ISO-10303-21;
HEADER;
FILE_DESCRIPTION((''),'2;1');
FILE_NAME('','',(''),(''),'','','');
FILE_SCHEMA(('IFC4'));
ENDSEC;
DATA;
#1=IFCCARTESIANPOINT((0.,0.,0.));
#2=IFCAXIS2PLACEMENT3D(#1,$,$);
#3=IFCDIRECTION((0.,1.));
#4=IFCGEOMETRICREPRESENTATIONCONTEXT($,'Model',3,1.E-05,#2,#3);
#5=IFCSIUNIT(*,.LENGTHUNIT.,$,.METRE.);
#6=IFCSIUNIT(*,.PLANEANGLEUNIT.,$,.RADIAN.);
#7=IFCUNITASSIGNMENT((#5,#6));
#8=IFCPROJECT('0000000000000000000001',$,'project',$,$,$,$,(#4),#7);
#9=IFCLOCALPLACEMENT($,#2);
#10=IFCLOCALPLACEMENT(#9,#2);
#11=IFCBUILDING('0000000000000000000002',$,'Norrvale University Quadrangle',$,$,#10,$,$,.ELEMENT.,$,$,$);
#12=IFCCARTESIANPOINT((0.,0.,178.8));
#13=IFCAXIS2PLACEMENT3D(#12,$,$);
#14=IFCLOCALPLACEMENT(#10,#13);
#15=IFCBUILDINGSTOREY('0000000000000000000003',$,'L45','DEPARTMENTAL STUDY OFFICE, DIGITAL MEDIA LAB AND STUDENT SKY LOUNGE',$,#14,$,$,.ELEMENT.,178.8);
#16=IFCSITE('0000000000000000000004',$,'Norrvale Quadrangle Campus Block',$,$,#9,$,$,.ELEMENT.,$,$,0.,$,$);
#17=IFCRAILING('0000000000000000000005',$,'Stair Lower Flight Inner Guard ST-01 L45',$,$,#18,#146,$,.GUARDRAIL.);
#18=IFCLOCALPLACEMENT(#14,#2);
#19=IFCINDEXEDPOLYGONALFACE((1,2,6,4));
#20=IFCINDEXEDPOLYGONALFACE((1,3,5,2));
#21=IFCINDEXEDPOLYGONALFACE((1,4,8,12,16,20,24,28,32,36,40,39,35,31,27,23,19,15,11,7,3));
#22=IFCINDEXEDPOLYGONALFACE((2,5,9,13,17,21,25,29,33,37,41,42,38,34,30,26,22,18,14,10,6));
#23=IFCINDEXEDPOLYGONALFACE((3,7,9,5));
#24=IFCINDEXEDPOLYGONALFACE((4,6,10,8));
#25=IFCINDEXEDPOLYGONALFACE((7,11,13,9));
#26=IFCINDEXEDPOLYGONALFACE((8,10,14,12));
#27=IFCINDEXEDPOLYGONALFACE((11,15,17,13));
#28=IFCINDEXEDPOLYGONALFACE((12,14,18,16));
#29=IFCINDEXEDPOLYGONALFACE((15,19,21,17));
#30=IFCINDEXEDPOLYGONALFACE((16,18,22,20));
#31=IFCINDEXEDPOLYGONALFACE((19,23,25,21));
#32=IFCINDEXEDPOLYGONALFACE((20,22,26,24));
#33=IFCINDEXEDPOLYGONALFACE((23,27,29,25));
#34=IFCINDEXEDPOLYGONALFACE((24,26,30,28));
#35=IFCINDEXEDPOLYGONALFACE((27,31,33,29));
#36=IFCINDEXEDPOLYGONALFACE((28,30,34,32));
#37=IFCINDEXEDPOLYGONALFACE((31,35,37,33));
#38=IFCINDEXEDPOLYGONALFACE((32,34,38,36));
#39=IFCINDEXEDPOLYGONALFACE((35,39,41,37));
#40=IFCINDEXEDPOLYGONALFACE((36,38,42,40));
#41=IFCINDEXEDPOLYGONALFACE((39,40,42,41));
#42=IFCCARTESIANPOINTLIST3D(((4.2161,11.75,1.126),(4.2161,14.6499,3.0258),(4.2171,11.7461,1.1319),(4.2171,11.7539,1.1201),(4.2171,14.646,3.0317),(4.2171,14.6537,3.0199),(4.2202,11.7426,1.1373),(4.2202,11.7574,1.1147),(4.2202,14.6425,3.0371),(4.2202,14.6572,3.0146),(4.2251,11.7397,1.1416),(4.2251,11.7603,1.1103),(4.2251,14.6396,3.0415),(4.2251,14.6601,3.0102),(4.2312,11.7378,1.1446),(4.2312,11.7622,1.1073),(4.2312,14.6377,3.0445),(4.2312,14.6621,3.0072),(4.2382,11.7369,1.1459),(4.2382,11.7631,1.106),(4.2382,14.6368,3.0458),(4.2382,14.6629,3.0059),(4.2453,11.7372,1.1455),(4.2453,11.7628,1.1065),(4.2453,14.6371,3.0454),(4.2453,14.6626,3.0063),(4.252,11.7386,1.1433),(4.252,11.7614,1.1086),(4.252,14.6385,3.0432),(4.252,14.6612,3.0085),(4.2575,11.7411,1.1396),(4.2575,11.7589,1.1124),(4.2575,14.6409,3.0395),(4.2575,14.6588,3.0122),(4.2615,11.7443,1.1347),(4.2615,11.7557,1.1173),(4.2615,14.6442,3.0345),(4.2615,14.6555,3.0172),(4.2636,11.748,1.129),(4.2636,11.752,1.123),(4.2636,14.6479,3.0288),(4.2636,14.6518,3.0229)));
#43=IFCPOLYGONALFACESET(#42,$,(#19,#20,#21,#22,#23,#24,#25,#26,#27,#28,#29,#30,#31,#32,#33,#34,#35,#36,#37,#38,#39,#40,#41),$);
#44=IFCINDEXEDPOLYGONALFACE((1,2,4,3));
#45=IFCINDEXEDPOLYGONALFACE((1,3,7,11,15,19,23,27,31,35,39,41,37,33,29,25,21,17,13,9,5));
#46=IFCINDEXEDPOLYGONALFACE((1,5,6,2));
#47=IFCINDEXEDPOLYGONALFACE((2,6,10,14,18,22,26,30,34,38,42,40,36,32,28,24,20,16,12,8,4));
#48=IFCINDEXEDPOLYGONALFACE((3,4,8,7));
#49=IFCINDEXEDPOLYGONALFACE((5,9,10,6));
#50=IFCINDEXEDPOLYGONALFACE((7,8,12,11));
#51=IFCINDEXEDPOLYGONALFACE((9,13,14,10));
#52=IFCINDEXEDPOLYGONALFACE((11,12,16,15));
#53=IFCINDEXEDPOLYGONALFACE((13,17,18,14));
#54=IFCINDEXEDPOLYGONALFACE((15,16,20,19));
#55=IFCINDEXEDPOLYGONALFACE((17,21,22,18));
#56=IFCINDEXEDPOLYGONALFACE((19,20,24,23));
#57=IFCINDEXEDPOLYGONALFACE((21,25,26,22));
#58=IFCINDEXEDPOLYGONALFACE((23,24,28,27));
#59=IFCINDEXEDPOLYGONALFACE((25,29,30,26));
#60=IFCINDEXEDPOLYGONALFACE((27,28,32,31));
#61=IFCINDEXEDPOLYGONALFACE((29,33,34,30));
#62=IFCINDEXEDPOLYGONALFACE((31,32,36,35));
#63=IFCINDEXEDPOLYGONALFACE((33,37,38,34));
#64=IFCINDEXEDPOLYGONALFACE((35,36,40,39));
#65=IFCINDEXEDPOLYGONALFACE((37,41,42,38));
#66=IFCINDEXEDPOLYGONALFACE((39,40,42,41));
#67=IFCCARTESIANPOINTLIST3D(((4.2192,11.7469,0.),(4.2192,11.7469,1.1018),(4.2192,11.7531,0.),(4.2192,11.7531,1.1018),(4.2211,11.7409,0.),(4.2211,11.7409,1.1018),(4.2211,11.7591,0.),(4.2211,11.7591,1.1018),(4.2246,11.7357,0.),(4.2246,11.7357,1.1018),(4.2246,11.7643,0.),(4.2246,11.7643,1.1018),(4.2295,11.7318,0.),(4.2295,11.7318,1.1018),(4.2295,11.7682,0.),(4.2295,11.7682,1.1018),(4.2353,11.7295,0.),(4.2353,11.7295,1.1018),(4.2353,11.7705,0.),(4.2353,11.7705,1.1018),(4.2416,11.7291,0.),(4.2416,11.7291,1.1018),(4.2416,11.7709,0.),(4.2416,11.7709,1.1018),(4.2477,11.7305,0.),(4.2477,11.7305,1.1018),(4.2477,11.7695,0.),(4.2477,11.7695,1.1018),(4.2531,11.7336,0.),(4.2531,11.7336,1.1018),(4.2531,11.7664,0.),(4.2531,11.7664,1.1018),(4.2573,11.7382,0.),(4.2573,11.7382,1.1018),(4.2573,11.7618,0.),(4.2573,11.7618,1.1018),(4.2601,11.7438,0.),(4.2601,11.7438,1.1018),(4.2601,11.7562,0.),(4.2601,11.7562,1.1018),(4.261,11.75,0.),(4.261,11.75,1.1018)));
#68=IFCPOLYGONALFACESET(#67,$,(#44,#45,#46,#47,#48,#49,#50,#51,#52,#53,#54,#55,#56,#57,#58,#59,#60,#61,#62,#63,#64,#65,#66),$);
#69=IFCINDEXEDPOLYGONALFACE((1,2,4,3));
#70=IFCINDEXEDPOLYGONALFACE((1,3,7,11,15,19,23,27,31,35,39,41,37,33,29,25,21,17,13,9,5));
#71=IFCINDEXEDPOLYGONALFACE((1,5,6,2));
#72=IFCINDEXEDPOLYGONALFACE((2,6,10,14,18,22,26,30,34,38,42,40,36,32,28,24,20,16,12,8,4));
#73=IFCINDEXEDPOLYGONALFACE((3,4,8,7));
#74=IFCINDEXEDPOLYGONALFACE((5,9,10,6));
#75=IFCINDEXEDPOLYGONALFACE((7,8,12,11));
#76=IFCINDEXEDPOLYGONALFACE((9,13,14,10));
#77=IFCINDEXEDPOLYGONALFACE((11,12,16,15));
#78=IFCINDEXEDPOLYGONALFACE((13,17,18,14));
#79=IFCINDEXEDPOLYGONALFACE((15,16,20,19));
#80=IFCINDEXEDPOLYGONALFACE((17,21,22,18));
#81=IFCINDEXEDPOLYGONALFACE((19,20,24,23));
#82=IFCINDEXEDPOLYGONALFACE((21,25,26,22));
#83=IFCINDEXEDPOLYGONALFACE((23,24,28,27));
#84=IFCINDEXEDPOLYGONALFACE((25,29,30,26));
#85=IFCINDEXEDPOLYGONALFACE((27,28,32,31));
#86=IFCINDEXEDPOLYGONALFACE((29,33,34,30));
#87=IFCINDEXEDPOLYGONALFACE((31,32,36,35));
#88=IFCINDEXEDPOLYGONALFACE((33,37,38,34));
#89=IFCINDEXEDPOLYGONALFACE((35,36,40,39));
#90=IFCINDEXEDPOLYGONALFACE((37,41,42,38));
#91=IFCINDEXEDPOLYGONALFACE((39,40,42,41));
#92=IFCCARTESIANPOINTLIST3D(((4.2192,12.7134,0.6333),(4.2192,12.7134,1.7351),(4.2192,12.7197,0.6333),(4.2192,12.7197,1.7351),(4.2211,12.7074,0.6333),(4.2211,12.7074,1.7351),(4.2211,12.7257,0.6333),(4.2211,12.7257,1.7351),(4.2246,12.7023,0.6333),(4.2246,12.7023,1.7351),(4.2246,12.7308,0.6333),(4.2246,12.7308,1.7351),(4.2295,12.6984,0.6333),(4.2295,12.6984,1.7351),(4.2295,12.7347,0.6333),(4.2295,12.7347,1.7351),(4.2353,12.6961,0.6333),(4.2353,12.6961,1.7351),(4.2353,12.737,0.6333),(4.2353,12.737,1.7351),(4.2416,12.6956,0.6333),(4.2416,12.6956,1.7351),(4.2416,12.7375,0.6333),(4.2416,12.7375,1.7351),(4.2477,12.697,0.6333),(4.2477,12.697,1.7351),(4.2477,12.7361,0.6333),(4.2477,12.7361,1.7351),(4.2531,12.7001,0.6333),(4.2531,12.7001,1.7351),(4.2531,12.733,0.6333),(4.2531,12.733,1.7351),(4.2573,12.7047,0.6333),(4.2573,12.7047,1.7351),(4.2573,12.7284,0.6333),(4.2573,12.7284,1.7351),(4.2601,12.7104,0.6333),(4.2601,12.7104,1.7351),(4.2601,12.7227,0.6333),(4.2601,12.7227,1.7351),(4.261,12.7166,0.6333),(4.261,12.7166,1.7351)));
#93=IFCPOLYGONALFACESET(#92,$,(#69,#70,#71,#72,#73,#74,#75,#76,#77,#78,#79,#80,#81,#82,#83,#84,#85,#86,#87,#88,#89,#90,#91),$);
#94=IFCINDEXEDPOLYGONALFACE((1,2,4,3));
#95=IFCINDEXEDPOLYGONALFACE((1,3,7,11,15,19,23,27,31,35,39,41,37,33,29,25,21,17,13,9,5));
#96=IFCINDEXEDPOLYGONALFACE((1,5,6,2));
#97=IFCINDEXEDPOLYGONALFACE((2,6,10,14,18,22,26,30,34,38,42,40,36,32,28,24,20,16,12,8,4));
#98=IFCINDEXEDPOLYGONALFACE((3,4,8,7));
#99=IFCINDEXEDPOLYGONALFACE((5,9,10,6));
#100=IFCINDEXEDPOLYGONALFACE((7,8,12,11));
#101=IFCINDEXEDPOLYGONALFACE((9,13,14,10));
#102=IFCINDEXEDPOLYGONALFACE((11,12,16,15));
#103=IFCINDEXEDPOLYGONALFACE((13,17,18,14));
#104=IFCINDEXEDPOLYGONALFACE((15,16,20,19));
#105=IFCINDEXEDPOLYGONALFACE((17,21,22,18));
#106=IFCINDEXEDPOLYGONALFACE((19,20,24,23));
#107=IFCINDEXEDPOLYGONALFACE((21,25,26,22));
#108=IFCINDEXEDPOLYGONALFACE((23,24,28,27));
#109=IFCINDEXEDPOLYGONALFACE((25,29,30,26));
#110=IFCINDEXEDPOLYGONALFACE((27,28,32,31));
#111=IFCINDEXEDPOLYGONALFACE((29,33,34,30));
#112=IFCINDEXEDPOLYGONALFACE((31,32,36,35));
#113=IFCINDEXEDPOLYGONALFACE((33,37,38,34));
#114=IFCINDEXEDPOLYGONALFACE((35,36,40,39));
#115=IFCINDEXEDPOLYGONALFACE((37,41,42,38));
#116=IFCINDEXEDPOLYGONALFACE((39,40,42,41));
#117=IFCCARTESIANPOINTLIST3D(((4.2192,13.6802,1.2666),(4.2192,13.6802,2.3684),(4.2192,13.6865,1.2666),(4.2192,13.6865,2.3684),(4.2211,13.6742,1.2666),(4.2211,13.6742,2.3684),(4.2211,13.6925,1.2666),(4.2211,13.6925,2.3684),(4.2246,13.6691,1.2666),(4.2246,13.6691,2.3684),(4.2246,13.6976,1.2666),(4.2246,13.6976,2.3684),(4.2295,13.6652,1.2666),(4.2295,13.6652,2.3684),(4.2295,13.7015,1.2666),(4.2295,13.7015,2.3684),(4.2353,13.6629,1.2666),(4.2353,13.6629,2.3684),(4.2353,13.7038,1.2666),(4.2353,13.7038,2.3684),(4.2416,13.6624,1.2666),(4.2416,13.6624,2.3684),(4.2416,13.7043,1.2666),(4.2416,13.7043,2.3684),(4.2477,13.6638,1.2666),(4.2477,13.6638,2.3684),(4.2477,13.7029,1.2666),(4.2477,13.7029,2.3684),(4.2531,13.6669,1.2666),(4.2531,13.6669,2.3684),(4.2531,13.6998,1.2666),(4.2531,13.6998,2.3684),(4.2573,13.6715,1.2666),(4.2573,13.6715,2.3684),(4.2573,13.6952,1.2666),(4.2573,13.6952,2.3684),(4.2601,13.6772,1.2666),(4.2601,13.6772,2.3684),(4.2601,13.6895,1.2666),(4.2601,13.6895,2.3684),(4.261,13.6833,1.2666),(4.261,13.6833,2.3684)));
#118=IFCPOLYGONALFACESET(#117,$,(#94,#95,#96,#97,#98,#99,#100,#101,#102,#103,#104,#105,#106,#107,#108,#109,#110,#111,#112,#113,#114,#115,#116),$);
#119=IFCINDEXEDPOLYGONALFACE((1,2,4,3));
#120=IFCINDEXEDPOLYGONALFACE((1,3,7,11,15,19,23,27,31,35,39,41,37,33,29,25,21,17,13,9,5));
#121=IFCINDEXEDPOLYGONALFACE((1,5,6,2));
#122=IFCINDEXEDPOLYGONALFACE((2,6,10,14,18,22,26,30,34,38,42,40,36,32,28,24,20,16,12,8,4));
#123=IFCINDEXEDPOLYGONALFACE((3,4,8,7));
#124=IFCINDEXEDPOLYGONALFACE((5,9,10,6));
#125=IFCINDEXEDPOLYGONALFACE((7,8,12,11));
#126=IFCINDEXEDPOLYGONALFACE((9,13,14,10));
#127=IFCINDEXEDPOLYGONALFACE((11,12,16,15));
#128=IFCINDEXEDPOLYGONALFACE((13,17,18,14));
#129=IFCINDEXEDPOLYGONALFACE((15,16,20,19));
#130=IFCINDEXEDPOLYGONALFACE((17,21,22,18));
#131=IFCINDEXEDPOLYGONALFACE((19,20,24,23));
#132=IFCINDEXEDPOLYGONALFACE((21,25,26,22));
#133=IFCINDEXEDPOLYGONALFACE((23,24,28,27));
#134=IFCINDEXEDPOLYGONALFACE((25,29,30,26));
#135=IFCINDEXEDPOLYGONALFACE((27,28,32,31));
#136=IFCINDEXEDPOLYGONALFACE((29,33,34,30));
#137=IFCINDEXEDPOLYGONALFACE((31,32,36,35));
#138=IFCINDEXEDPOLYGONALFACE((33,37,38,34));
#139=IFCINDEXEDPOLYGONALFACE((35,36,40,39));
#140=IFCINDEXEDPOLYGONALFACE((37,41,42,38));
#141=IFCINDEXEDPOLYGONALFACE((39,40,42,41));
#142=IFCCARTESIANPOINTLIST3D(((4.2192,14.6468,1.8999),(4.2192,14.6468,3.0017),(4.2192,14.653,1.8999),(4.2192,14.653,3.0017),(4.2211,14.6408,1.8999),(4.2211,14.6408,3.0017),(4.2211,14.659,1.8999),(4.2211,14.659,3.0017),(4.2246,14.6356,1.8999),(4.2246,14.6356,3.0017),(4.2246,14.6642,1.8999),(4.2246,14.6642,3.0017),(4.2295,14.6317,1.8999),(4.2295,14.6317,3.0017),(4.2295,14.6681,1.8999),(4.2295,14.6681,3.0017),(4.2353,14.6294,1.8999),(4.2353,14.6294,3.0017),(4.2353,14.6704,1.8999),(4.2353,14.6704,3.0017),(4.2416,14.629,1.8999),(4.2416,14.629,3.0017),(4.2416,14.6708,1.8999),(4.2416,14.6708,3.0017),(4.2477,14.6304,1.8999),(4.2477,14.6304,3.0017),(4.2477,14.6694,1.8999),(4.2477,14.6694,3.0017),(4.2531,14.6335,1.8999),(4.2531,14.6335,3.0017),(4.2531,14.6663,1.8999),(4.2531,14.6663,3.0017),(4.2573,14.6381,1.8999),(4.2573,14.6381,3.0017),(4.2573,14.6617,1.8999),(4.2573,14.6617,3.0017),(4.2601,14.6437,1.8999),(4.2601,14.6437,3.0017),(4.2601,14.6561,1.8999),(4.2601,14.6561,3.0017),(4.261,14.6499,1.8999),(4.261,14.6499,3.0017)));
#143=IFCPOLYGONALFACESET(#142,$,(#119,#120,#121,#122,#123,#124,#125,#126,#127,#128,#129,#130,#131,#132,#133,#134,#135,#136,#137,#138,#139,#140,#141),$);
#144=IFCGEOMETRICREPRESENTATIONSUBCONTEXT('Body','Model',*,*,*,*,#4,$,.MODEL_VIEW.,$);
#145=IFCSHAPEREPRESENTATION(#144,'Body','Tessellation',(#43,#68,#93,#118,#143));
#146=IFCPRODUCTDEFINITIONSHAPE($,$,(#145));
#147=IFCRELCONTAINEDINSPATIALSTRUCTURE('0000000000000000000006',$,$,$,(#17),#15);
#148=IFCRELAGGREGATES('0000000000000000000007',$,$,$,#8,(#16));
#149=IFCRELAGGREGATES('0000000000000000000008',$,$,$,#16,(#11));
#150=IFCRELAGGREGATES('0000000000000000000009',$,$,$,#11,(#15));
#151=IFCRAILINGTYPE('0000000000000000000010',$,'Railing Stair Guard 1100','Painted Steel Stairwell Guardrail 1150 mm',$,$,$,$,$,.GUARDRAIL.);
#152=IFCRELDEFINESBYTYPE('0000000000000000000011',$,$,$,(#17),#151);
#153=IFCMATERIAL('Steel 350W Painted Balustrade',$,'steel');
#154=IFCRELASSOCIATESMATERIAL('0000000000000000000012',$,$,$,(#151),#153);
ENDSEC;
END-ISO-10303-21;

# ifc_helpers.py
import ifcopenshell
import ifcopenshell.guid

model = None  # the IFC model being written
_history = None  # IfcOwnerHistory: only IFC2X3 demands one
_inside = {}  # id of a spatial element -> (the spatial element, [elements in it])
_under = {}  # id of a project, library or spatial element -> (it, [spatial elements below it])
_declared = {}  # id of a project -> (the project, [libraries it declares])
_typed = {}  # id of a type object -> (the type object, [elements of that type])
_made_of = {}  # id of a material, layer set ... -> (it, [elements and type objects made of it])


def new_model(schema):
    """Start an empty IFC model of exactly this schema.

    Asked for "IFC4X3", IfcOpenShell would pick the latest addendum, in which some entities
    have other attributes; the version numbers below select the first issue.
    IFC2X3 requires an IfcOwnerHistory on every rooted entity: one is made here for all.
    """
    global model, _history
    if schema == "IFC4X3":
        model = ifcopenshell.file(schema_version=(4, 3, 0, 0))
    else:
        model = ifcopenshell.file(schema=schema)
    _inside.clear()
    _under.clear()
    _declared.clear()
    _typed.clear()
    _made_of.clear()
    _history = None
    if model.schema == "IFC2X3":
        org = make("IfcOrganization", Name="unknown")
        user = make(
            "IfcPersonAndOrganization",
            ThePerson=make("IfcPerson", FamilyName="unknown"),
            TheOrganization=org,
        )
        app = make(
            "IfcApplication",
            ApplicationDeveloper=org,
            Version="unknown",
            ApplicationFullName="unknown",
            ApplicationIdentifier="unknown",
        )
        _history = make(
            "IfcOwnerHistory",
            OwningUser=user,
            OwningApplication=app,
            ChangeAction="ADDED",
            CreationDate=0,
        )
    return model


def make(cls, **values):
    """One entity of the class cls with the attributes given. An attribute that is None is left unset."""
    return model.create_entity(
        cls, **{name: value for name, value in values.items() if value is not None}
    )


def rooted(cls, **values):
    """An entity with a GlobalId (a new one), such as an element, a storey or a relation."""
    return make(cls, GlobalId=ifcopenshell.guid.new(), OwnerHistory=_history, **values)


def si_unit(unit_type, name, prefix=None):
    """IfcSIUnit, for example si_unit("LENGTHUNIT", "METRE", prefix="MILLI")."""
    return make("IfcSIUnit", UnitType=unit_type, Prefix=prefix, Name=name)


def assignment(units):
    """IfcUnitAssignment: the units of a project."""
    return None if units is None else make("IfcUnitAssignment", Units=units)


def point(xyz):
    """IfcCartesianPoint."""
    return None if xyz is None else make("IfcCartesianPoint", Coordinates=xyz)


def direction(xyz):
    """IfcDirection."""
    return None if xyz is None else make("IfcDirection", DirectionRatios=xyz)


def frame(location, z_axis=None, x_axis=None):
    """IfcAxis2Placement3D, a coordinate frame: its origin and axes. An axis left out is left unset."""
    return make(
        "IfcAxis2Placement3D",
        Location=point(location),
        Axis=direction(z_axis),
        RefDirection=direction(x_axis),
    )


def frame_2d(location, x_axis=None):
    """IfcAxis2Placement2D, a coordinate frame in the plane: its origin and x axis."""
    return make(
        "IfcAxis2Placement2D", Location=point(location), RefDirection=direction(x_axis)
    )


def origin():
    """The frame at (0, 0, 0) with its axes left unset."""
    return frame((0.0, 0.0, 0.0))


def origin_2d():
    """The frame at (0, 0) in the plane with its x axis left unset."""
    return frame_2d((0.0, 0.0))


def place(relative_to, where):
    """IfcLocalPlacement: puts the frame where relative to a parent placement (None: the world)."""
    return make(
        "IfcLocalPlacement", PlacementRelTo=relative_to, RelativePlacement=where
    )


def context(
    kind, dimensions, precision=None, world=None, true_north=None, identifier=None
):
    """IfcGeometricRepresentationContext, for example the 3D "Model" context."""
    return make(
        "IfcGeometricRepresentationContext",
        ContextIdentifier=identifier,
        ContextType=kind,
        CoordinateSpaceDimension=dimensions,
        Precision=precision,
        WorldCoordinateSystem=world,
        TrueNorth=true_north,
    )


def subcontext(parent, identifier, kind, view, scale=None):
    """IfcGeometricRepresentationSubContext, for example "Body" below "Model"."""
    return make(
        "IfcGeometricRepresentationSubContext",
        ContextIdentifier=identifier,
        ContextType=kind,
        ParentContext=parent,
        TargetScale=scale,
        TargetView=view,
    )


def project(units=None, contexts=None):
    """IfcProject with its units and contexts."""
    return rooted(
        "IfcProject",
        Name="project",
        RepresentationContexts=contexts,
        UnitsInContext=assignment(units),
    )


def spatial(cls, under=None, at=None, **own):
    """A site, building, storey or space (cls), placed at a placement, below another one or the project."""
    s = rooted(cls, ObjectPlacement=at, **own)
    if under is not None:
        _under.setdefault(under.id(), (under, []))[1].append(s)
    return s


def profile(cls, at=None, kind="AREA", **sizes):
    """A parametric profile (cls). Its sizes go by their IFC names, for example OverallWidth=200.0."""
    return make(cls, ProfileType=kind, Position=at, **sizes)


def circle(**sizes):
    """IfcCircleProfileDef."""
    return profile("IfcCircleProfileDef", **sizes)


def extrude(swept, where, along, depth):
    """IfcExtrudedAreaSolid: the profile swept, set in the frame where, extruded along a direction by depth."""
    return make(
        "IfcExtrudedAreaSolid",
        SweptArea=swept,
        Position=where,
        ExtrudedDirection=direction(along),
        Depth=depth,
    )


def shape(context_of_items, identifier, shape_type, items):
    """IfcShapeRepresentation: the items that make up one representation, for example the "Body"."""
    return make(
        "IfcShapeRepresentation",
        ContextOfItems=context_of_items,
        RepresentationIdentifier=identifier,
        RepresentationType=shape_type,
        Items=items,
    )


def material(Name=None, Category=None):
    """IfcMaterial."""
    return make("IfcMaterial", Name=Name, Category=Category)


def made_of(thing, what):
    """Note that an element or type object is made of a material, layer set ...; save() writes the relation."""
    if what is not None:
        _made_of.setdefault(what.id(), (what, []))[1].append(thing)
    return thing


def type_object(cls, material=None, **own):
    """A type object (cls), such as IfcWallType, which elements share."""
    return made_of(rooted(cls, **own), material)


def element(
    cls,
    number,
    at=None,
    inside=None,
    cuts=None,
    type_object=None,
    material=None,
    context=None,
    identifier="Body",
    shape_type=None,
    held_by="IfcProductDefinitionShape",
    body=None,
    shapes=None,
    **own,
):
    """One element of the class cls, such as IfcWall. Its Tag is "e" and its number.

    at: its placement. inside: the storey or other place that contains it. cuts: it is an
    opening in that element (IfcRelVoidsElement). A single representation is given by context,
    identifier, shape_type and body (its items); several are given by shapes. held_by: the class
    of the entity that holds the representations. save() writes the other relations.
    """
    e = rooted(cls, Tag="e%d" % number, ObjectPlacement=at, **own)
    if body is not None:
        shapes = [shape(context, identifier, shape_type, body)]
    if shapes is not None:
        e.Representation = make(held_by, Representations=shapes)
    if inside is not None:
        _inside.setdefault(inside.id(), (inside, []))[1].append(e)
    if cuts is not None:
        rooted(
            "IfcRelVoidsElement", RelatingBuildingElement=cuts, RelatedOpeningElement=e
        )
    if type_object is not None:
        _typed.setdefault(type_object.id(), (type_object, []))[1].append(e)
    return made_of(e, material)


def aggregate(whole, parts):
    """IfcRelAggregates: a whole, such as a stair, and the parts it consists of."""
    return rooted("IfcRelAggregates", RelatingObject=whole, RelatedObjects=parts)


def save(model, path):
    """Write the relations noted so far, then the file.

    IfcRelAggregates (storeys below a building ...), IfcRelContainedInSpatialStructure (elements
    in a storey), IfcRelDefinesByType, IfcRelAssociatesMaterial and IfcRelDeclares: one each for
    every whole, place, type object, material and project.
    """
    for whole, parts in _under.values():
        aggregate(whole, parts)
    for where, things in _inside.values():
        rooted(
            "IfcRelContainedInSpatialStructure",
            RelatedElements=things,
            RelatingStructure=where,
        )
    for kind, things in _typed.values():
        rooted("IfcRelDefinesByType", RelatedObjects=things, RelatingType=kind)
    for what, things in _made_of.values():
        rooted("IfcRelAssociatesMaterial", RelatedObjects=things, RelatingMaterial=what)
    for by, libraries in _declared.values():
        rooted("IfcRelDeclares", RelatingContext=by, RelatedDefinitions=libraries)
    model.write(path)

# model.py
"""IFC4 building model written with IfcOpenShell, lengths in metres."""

from ifc_helpers import new_model, si_unit, direction, frame, origin, origin_2d, place, context, subcontext, project, spatial, circle, extrude, material, type_object, element, save


model = new_model("IFC4")

# Units and contexts
model_context = context("Model", 3, precision=1e-05, world=origin(), true_north=direction((0.0, 1.0)))
body_context = subcontext(model_context, "Body", "Model", "MODEL_VIEW")
ifc_project = project(units=[si_unit("LENGTHUNIT", "METRE"), si_unit("PLANEANGLEUNIT", "RADIAN")], contexts=[model_context])

# Site, building, storey
site_placement = place(None, origin())
site = spatial("IfcSite", under=ifc_project, at=site_placement, Name="Norrvale Quadrangle Campus Block", CompositionType="ELEMENT", RefElevation=0.0)
building_placement = place(site_placement, origin())
building = spatial("IfcBuilding", under=site, at=building_placement, Name="Norrvale University Quadrangle", CompositionType="ELEMENT")
storey_placement = place(building_placement, frame((0.0, 0.0, 178.8)))
storey = spatial("IfcBuildingStorey", under=building, at=storey_placement, Name="L45", Description="DEPARTMENTAL STUDY OFFICE, DIGITAL MEDIA LAB AND STUDENT SKY LOUNGE", CompositionType="ELEMENT", Elevation=178.8)

# Railing
ifc_material_1 = material(Name="Steel 350W Painted Balustrade", Category="steel")
railing_type_1 = type_object("IfcRailingType", Name="Railing Stair Guard 1100", Description="Painted Steel Stairwell Guardrail 1150 mm", PredefinedType="GUARDRAIL", material=ifc_material_1)
railing_1_placement = place(storey_placement, frame((4.24, 11.75, 0.0)))
element("IfcRailing", 1, at=railing_1_placement, inside=storey, type_object=railing_type_1, Name="Stair Lower Flight Inner Guard ST-01 L45", PredefinedType="GUARDRAIL", context=body_context, shape_type="SweptSolid", body=[
    extrude(circle(Radius=0.0239, at=origin_2d()), frame((0.0, 0.0, 1.126), z_axis=(0.0, 0.836466, 0.548019), x_axis=(-1.0, 0.0, 0.0)), (0.0, 0.0, 1.0), 3.4668),
    extrude(circle(Radius=0.021, at=origin_2d()), origin(), (0.0, 0.0, 1.0), 1.1018),
    extrude(circle(Radius=0.021, at=origin_2d()), frame((0.0, 0.9666, 0.6333)), (0.0, 0.0, 1.0), 1.1018),
    extrude(circle(Radius=0.021, at=origin_2d()), frame((0.0, 1.9333, 1.2666)), (0.0, 0.0, 1.0), 1.1018),
    extrude(circle(Radius=0.021, at=origin_2d()), frame((0.0, 2.8999, 1.8999)), (0.0, 0.0, 1.0), 1.1018),
])

save(model, "model.ifc")
